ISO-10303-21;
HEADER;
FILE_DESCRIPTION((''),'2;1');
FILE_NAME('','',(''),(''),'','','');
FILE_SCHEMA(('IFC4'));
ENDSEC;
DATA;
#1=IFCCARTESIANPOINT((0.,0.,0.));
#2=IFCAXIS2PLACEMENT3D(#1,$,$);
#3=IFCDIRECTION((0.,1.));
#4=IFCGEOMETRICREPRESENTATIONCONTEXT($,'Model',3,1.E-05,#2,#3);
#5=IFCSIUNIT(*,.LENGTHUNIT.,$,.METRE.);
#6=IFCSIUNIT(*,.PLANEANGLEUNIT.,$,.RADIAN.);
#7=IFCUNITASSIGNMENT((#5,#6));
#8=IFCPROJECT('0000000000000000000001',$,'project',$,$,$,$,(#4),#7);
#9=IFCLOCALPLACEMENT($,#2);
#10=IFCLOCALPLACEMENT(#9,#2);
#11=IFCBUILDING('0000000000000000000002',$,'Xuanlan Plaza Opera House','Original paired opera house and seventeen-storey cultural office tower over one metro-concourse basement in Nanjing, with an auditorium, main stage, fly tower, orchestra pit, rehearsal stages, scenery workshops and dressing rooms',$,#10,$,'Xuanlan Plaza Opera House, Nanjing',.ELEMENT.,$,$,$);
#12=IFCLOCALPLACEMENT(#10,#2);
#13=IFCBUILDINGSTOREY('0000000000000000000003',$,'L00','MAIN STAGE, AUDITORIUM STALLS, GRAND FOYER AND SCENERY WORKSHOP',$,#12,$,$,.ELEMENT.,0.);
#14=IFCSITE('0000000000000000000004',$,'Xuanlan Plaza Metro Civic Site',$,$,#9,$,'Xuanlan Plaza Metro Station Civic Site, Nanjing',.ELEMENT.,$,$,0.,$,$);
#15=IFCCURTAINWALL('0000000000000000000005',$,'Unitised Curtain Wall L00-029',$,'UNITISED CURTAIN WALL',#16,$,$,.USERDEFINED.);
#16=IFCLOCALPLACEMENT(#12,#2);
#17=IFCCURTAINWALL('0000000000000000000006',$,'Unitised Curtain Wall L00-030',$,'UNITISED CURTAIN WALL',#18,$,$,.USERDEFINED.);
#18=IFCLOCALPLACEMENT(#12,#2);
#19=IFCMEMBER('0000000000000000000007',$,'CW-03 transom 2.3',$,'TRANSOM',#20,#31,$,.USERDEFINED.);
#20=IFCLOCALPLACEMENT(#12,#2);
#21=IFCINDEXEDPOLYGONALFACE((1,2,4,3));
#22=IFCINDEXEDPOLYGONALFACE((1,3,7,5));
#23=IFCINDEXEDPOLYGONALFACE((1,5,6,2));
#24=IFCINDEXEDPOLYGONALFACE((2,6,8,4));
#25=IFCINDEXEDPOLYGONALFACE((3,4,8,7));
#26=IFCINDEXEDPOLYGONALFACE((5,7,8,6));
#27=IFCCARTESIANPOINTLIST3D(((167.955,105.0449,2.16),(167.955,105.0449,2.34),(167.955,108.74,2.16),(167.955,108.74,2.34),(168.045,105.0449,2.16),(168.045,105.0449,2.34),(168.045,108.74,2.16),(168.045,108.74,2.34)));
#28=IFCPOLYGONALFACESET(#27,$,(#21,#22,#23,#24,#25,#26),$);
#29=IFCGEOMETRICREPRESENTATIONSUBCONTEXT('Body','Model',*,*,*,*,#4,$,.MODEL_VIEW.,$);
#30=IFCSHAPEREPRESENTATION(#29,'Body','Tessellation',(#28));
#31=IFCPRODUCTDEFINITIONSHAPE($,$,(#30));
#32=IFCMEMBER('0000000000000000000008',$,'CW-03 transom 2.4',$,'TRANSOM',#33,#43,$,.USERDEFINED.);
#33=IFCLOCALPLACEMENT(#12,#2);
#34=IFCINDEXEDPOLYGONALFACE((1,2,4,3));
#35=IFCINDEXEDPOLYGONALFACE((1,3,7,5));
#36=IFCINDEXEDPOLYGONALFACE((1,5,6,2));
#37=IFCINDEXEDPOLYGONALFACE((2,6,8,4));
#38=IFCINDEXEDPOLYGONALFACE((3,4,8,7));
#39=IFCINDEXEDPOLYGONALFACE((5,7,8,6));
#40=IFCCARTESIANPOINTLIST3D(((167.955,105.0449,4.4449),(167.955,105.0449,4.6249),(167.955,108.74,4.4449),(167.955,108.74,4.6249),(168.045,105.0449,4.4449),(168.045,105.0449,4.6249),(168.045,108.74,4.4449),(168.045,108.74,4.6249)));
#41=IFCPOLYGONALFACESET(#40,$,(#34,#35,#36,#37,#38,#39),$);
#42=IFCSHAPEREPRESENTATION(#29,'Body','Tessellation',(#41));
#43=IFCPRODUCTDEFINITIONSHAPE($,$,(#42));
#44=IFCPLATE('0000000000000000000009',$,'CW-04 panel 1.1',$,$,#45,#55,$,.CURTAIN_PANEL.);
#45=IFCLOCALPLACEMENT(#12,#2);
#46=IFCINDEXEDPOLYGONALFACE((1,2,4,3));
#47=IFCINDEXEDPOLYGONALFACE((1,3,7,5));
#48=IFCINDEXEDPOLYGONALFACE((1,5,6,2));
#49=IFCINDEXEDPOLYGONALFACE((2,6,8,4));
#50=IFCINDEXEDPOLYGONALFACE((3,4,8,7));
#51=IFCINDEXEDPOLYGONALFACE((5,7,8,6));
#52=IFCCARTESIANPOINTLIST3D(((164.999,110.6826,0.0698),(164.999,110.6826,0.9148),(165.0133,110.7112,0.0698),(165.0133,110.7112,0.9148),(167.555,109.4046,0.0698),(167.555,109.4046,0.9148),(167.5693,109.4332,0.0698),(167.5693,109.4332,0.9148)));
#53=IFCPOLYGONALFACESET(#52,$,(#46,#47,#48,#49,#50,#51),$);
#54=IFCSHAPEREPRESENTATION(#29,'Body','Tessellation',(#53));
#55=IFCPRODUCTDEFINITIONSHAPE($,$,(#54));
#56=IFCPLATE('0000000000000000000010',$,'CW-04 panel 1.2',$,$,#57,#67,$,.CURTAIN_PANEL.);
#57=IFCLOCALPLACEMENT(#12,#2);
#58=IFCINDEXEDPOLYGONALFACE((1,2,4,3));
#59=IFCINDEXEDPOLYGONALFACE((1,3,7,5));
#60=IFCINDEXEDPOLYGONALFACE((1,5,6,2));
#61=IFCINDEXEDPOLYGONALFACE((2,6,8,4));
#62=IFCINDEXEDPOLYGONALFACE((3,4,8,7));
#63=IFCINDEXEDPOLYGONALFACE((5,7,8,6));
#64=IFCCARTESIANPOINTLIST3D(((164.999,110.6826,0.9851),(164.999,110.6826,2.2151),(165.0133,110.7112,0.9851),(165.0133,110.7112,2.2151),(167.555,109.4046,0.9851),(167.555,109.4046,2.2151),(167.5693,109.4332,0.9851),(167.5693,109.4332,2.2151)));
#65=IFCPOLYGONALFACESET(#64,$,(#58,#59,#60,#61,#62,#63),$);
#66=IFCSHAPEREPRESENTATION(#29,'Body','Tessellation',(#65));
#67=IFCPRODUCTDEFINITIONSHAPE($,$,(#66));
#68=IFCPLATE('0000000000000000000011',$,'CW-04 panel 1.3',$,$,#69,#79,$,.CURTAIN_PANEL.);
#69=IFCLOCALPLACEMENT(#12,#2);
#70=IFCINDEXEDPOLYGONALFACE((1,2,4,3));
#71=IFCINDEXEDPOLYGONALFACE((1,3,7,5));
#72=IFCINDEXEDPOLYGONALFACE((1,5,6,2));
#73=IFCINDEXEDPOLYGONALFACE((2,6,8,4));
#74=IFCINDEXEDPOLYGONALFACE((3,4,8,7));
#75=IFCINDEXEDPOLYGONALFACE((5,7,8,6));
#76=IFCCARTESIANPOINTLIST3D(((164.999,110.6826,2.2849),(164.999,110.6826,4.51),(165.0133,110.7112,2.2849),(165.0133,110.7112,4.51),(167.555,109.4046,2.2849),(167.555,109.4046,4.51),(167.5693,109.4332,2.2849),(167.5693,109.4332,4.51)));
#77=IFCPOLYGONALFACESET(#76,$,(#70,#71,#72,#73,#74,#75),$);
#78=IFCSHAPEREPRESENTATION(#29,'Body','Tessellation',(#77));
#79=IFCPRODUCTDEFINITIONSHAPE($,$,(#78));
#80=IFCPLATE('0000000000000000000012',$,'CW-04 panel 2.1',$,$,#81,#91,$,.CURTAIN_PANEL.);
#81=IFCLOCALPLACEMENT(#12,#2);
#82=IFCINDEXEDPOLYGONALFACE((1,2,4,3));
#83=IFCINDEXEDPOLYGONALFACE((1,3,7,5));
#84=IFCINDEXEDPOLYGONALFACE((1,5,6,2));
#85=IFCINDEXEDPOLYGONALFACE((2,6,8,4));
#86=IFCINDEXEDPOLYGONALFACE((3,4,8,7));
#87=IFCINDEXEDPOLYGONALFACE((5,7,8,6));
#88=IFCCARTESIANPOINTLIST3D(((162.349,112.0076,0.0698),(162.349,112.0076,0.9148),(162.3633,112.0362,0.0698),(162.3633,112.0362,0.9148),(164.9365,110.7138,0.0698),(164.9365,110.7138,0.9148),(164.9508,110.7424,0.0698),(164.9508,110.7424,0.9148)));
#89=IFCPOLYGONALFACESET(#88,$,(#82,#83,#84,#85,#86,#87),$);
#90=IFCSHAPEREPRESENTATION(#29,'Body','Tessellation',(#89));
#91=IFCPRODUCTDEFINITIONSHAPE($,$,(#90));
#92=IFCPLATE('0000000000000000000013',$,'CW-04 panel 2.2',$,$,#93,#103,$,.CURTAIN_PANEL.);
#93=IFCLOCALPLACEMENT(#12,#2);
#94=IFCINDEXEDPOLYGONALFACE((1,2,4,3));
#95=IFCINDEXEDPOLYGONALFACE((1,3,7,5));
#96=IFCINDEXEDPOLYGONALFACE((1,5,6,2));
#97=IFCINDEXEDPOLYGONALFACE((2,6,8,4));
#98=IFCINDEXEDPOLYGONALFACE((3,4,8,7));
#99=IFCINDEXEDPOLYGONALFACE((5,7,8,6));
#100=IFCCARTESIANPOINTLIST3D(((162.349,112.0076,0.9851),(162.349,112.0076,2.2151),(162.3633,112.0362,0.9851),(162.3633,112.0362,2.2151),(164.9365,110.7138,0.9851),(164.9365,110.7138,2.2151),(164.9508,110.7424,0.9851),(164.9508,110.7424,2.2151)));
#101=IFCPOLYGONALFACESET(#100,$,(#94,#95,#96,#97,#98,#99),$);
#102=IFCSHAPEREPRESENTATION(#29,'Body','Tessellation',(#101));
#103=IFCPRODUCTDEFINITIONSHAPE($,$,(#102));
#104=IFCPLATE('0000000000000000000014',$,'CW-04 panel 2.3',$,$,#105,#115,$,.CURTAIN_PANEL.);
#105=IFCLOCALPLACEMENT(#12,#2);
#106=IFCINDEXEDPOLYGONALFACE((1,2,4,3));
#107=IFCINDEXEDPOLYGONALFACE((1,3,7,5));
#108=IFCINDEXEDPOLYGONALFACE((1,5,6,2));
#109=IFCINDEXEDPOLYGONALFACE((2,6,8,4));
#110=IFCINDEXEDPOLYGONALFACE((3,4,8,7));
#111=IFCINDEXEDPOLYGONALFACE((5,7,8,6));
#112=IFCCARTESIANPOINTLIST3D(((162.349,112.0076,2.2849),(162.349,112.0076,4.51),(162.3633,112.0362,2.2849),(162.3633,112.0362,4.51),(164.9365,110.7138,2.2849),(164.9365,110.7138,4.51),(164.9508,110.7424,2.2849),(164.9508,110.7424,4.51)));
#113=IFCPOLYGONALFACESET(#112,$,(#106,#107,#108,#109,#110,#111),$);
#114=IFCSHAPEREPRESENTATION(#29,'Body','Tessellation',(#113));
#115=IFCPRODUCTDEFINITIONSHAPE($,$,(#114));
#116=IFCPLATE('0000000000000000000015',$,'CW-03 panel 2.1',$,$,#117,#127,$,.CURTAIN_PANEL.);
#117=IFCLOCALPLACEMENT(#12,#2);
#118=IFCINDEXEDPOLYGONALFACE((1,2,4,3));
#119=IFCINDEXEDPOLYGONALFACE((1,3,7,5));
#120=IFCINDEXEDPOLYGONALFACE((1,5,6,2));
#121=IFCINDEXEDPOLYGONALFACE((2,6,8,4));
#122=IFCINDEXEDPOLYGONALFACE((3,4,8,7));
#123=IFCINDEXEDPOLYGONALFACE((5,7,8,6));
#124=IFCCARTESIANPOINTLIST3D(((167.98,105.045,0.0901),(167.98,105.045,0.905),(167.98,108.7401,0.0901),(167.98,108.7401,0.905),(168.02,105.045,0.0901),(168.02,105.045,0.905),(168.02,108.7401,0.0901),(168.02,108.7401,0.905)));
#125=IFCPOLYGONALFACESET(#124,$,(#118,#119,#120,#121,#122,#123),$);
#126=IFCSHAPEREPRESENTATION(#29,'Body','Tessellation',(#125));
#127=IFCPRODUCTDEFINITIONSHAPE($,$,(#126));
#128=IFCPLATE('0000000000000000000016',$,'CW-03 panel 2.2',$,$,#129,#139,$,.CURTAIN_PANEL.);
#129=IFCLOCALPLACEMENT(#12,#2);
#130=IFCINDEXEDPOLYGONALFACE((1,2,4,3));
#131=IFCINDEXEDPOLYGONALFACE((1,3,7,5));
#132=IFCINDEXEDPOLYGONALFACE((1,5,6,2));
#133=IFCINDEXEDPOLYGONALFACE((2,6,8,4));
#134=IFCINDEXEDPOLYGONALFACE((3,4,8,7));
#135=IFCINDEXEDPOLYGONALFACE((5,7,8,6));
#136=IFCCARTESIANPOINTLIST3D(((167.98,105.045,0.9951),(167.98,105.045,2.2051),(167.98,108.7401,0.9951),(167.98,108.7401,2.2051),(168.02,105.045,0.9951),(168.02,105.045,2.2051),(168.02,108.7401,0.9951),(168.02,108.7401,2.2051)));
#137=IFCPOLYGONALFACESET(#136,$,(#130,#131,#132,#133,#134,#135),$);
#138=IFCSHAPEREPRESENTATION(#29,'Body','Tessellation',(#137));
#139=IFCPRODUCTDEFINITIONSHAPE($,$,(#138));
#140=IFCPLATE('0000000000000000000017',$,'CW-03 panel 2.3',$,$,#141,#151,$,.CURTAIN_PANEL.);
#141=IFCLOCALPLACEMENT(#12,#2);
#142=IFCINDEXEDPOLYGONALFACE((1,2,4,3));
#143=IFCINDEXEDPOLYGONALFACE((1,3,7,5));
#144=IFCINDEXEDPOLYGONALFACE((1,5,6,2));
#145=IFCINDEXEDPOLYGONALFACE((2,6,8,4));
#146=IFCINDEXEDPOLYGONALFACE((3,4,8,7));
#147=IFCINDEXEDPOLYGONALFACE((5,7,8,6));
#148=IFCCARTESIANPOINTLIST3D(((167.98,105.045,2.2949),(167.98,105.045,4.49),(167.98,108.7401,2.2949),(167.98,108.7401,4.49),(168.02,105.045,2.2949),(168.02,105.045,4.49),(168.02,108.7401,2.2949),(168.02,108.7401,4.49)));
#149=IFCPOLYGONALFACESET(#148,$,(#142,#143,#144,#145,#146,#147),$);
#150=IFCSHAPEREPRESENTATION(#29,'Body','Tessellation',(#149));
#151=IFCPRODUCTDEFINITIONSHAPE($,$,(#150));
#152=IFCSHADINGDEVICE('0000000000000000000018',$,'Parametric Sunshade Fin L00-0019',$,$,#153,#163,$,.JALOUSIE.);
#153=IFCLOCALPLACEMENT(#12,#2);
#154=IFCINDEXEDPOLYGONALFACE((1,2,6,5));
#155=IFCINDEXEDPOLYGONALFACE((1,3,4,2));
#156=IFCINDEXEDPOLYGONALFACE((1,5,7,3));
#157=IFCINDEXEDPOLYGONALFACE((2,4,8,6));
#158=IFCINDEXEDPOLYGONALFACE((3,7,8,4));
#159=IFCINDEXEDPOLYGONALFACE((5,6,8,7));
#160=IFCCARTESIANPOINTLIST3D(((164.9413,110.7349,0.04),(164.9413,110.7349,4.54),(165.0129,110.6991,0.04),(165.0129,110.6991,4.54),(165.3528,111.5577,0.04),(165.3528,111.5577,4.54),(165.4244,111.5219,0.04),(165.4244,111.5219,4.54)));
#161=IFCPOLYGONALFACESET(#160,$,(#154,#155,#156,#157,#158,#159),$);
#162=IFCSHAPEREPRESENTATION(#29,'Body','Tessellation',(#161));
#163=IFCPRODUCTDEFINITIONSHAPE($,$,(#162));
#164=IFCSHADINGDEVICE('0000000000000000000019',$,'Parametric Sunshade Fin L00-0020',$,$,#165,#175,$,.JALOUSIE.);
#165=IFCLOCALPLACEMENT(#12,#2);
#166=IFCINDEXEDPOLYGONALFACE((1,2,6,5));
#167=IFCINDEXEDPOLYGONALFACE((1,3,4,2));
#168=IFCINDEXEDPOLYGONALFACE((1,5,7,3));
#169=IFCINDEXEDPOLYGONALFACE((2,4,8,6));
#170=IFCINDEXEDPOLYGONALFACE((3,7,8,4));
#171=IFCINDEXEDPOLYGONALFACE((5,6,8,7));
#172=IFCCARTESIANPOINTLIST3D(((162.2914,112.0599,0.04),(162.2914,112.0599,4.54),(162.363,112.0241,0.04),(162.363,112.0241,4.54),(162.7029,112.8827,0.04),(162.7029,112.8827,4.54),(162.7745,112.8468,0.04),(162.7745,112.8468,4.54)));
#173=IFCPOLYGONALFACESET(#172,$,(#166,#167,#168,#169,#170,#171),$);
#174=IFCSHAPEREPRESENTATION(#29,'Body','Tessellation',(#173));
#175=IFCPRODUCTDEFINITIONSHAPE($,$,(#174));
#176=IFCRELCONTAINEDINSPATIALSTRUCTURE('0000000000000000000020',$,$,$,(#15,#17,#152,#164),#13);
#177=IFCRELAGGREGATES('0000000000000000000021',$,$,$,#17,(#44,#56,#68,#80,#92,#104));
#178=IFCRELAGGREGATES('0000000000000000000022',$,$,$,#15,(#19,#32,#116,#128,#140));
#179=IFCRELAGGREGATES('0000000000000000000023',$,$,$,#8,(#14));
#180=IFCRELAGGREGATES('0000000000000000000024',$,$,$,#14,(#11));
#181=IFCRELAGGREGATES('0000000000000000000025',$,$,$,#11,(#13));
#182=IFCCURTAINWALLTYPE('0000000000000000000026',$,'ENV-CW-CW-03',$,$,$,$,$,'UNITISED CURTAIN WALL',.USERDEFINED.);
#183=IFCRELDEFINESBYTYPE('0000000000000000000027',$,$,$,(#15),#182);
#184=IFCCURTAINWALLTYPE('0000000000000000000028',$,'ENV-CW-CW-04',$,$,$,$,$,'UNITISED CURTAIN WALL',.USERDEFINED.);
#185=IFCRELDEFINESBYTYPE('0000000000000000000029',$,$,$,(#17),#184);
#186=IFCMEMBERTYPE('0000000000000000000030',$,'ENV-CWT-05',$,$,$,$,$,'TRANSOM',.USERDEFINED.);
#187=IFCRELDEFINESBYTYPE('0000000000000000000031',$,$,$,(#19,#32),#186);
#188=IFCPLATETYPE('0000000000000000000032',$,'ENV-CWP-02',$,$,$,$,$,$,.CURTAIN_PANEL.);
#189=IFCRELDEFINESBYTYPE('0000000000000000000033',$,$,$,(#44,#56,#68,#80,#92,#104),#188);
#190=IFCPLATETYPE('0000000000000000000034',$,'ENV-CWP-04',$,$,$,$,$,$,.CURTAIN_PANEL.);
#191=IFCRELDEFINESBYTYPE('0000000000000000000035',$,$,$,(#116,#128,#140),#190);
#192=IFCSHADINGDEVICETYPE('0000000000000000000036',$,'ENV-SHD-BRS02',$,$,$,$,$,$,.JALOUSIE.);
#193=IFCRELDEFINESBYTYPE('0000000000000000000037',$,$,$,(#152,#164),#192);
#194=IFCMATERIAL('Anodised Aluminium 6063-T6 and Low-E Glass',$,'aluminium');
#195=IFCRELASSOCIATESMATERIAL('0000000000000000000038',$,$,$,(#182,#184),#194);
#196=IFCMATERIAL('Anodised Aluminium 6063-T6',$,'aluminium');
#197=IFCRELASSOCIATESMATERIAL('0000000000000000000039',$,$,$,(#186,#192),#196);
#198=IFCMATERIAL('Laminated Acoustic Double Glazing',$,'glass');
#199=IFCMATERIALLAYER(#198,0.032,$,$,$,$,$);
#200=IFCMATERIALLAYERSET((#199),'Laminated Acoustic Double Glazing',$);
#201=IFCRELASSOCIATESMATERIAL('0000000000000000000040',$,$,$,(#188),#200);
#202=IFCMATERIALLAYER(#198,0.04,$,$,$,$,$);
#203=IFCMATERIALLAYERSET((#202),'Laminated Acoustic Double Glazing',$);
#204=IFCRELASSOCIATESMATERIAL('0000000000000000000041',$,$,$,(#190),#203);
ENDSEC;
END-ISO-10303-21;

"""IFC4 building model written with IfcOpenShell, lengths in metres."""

from ifc_helpers import new_model, si_unit, direction, frame, origin, origin_2d, place, context, subcontext, project, spatial, rectangle, extrude, material, layer, layer_set, material_profile, profile_set, type_object, element, aggregate, save


model = new_model("IFC4")

# Units and contexts
model_context = context("Model", 3, precision=1e-05, world=origin(), true_north=direction((0.0, 1.0)))
body_context = subcontext(model_context, "Body", "Model", "MODEL_VIEW")
ifc_project = project(units=[si_unit("LENGTHUNIT", "METRE"), si_unit("PLANEANGLEUNIT", "RADIAN")], contexts=[model_context])

# Site, building, storey
site_placement = place(None, origin())
site = spatial("IfcSite", under=ifc_project, at=site_placement, Name="Xuanlan Plaza Metro Civic Site", LongName="Xuanlan Plaza Metro Station Civic Site, Nanjing", CompositionType="ELEMENT", RefElevation=0.0)
building_placement = place(site_placement, origin())
building = spatial("IfcBuilding", under=site, at=building_placement, Name="Xuanlan Plaza Opera House", Description="Original paired opera house and seventeen-storey cultural office tower over one metro-concourse basement in Nanjing, with an auditorium, main stage, fly tower, orchestra pit, rehearsal stages, scenery workshops and dressing rooms", LongName="Xuanlan Plaza Opera House, Nanjing", CompositionType="ELEMENT")
storey_placement = place(building_placement, origin())
storey = spatial("IfcBuildingStorey", under=building, at=storey_placement, Name="L00", Description="MAIN STAGE, AUDITORIUM STALLS, GRAND FOYER AND SCENERY WORKSHOP", CompositionType="ELEMENT", Elevation=0.0)

# Curtain wall
ifc_material_1 = material(Name="Anodised Aluminium 6063-T6 and Low-E Glass", Category="aluminium")
curtain_wall_type_1 = type_object("IfcCurtainWallType", Name="ENV-CW-CW-03", ElementType="UNITISED CURTAIN WALL", PredefinedType="USERDEFINED", material=ifc_material_1)
curtain_wall_1_placement = place(storey_placement, origin())
curtain_wall_1 = element("IfcCurtainWall", 1, at=curtain_wall_1_placement, inside=storey, type_object=curtain_wall_type_1, Name="Unitised Curtain Wall L00-029", ObjectType="UNITISED CURTAIN WALL", PredefinedType="USERDEFINED")
ifc_material_2 = material(Name="Anodised Aluminium 6063-T6", Category="aluminium")

# Curtain wall
curtain_wall_type_2 = type_object("IfcCurtainWallType", Name="ENV-CW-CW-04", ElementType="UNITISED CURTAIN WALL", PredefinedType="USERDEFINED", material=ifc_material_1)
curtain_wall_2_placement = place(storey_placement, origin())
curtain_wall_2 = element("IfcCurtainWall", 2, at=curtain_wall_2_placement, inside=storey, type_object=curtain_wall_type_2, Name="Unitised Curtain Wall L00-030", ObjectType="UNITISED CURTAIN WALL", PredefinedType="USERDEFINED")

# Members
ifc_material_profile_1 = material_profile(ifc_material_2, rectangle(XDim=0.0901, YDim=0.1799, at=origin_2d()), Name="ALU-T 90x180")
ifc_profile_set_1 = profile_set([ifc_material_profile_1], Name="Anodised Aluminium 6063-T6")
member_type_1 = type_object("IfcMemberType", Name="ENV-CWT-05", ElementType="TRANSOM", PredefinedType="USERDEFINED", material=ifc_profile_set_1)
member_1_placement = place(storey_placement, frame((168.0, 105.0449, 2.25), z_axis=(0.0, 1.0, 0.0), x_axis=(-1.0, 0.0, 0.0)))
member_1 = element("IfcMember", 3, at=member_1_placement, type_object=member_type_1, Name="CW-03 transom 2.3", ObjectType="TRANSOM", PredefinedType="USERDEFINED", context=body_context, shape_type="SweptSolid", body=[
    extrude(rectangle(XDim=0.0901, YDim=0.1799, at=origin_2d()), origin(), (0.0, 0.0, 1.0), 3.6951),
])
member_2_placement = place(storey_placement, frame((168.0, 105.0449, 4.5349), z_axis=(0.0, 1.0, 0.0), x_axis=(-1.0, 0.0, 0.0)))
member_2 = element("IfcMember", 4, at=member_2_placement, type_object=member_type_1, Name="CW-03 transom 2.4", ObjectType="TRANSOM", PredefinedType="USERDEFINED", context=body_context, shape_type="SweptSolid", body=[
    extrude(rectangle(XDim=0.0901, YDim=0.1799, at=origin_2d()), origin(), (0.0, 0.0, 1.0), 3.6951),
])

# Plates
ifc_material_3 = material(Name="Laminated Acoustic Double Glazing", Category="glass")
ifc_layer_1 = layer(ifc_material_3, 0.032)
ifc_layer_set_1 = layer_set([ifc_layer_1], Name="Laminated Acoustic Double Glazing")
plate_type_1 = type_object("IfcPlateType", Name="ENV-CWP-02", PredefinedType="CURTAIN_PANEL", material=ifc_layer_set_1)
plate_1_placement = place(storey_placement, frame((166.2842, 110.0579, 0.0698), z_axis=(0.0, 0.0, 1.0), x_axis=(-0.894427, 0.447214, 0.0)))
plate_1 = element("IfcPlate", 5, at=plate_1_placement, type_object=plate_type_1, Name="CW-04 panel 1.1", PredefinedType="CURTAIN_PANEL", context=body_context, shape_type="SweptSolid", body=[
    extrude(rectangle(XDim=2.8577, YDim=0.032, at=origin_2d()), origin(), (0.0, 0.0, 1.0), 0.845),
])
plate_2_placement = place(storey_placement, frame((166.2842, 110.0579, 0.9851), z_axis=(0.0, 0.0, 1.0), x_axis=(-0.894427, 0.447214, 0.0)))
plate_2 = element("IfcPlate", 6, at=plate_2_placement, type_object=plate_type_1, Name="CW-04 panel 1.2", PredefinedType="CURTAIN_PANEL", context=body_context, shape_type="SweptSolid", body=[
    extrude(rectangle(XDim=2.8577, YDim=0.032, at=origin_2d()), origin(), (0.0, 0.0, 1.0), 1.23),
])
plate_3_placement = place(storey_placement, frame((166.2842, 110.0579, 2.2849), z_axis=(0.0, 0.0, 1.0), x_axis=(-0.894427, 0.447214, 0.0)))
plate_3 = element("IfcPlate", 7, at=plate_3_placement, type_object=plate_type_1, Name="CW-04 panel 1.3", PredefinedType="CURTAIN_PANEL", context=body_context, shape_type="SweptSolid", body=[
    extrude(rectangle(XDim=2.8577, YDim=0.032, at=origin_2d()), origin(), (0.0, 0.0, 1.0), 2.2251),
])
plate_4_placement = place(storey_placement, frame((163.6499, 111.375, 0.0698), z_axis=(0.0, 0.0, 1.0), x_axis=(-0.894427, 0.447214, 0.0)))
plate_4 = element("IfcPlate", 8, at=plate_4_placement, type_object=plate_type_1, Name="CW-04 panel 2.1", PredefinedType="CURTAIN_PANEL", context=body_context, shape_type="SweptSolid", body=[
    extrude(rectangle(XDim=2.8928, YDim=0.032, at=origin_2d()), origin(), (0.0, 0.0, 1.0), 0.845),
])
plate_5_placement = place(storey_placement, frame((163.6499, 111.375, 0.9851), z_axis=(0.0, 0.0, 1.0), x_axis=(-0.894427, 0.447214, 0.0)))
plate_5 = element("IfcPlate", 9, at=plate_5_placement, type_object=plate_type_1, Name="CW-04 panel 2.2", PredefinedType="CURTAIN_PANEL", context=body_context, shape_type="SweptSolid", body=[
    extrude(rectangle(XDim=2.8928, YDim=0.032, at=origin_2d()), origin(), (0.0, 0.0, 1.0), 1.23),
])
plate_6_placement = place(storey_placement, frame((163.6499, 111.375, 2.2849), z_axis=(0.0, 0.0, 1.0), x_axis=(-0.894427, 0.447214, 0.0)))
plate_6 = element("IfcPlate", 10, at=plate_6_placement, type_object=plate_type_1, Name="CW-04 panel 2.3", PredefinedType="CURTAIN_PANEL", context=body_context, shape_type="SweptSolid", body=[
    extrude(rectangle(XDim=2.8928, YDim=0.032, at=origin_2d()), origin(), (0.0, 0.0, 1.0), 2.2251),
])
aggregate(curtain_wall_2, [plate_1, plate_2, plate_3, plate_4, plate_5, plate_6])
ifc_layer_2 = layer(ifc_material_3, 0.04)
ifc_layer_set_2 = layer_set([ifc_layer_2], Name="Laminated Acoustic Double Glazing")
plate_type_2 = type_object("IfcPlateType", Name="ENV-CWP-04", PredefinedType="CURTAIN_PANEL", material=ifc_layer_set_2)
plate_7_placement = place(storey_placement, frame((168.0, 106.8926, 0.0901), z_axis=(0.0, 0.0, 1.0), x_axis=(0.0, 1.0, 0.0)))
plate_7 = element("IfcPlate", 11, at=plate_7_placement, type_object=plate_type_2, Name="CW-03 panel 2.1", PredefinedType="CURTAIN_PANEL", context=body_context, shape_type="SweptSolid", body=[
    extrude(rectangle(XDim=3.6951, YDim=0.04, at=origin_2d()), origin(), (0.0, 0.0, 1.0), 0.8149),
])
plate_8_placement = place(storey_placement, frame((168.0, 106.8926, 0.9951), z_axis=(0.0, 0.0, 1.0), x_axis=(0.0, 1.0, 0.0)))
plate_8 = element("IfcPlate", 12, at=plate_8_placement, type_object=plate_type_2, Name="CW-03 panel 2.2", PredefinedType="CURTAIN_PANEL", context=body_context, shape_type="SweptSolid", body=[
    extrude(rectangle(XDim=3.6951, YDim=0.04, at=origin_2d()), origin(), (0.0, 0.0, 1.0), 1.21),
])
plate_9_placement = place(storey_placement, frame((168.0, 106.8926, 2.2949), z_axis=(0.0, 0.0, 1.0), x_axis=(0.0, 1.0, 0.0)))
plate_9 = element("IfcPlate", 13, at=plate_9_placement, type_object=plate_type_2, Name="CW-03 panel 2.3", PredefinedType="CURTAIN_PANEL", context=body_context, shape_type="SweptSolid", body=[
    extrude(rectangle(XDim=3.6951, YDim=0.04, at=origin_2d()), origin(), (0.0, 0.0, 1.0), 2.1951),
])
aggregate(curtain_wall_1, [member_1, member_2, plate_7, plate_8, plate_9])

# Shading devices
shading_device_type = type_object("IfcShadingDeviceType", Name="ENV-SHD-BRS02", PredefinedType="JALOUSIE", material=ifc_material_2)
for number, where, z_axis, x_axis, name in (
    (14, (165.1829, 111.1284, 0.04), (0.0, 0.0, 1.0), (0.447291, 0.894389, 0.0), "Parametric Sunshade Fin L00-0019"),
    (15, (162.533, 112.4534, 0.04), (0.0, 0.0, 1.0), (0.447291, 0.894389, 0.0), "Parametric Sunshade Fin L00-0020"),
):
    element("IfcShadingDevice", number, at=place(storey_placement, frame(where, z_axis=z_axis, x_axis=x_axis)), inside=storey, type_object=shading_device_type, Name=name, PredefinedType="JALOUSIE", context=body_context, shape_type="SweptSolid", body=[
        extrude(rectangle(XDim=0.9199, YDim=0.0801, at=origin_2d()), origin(), (0.0, 0.0, 1.0), 4.5),
    ])

save(model, "model.ifc")
